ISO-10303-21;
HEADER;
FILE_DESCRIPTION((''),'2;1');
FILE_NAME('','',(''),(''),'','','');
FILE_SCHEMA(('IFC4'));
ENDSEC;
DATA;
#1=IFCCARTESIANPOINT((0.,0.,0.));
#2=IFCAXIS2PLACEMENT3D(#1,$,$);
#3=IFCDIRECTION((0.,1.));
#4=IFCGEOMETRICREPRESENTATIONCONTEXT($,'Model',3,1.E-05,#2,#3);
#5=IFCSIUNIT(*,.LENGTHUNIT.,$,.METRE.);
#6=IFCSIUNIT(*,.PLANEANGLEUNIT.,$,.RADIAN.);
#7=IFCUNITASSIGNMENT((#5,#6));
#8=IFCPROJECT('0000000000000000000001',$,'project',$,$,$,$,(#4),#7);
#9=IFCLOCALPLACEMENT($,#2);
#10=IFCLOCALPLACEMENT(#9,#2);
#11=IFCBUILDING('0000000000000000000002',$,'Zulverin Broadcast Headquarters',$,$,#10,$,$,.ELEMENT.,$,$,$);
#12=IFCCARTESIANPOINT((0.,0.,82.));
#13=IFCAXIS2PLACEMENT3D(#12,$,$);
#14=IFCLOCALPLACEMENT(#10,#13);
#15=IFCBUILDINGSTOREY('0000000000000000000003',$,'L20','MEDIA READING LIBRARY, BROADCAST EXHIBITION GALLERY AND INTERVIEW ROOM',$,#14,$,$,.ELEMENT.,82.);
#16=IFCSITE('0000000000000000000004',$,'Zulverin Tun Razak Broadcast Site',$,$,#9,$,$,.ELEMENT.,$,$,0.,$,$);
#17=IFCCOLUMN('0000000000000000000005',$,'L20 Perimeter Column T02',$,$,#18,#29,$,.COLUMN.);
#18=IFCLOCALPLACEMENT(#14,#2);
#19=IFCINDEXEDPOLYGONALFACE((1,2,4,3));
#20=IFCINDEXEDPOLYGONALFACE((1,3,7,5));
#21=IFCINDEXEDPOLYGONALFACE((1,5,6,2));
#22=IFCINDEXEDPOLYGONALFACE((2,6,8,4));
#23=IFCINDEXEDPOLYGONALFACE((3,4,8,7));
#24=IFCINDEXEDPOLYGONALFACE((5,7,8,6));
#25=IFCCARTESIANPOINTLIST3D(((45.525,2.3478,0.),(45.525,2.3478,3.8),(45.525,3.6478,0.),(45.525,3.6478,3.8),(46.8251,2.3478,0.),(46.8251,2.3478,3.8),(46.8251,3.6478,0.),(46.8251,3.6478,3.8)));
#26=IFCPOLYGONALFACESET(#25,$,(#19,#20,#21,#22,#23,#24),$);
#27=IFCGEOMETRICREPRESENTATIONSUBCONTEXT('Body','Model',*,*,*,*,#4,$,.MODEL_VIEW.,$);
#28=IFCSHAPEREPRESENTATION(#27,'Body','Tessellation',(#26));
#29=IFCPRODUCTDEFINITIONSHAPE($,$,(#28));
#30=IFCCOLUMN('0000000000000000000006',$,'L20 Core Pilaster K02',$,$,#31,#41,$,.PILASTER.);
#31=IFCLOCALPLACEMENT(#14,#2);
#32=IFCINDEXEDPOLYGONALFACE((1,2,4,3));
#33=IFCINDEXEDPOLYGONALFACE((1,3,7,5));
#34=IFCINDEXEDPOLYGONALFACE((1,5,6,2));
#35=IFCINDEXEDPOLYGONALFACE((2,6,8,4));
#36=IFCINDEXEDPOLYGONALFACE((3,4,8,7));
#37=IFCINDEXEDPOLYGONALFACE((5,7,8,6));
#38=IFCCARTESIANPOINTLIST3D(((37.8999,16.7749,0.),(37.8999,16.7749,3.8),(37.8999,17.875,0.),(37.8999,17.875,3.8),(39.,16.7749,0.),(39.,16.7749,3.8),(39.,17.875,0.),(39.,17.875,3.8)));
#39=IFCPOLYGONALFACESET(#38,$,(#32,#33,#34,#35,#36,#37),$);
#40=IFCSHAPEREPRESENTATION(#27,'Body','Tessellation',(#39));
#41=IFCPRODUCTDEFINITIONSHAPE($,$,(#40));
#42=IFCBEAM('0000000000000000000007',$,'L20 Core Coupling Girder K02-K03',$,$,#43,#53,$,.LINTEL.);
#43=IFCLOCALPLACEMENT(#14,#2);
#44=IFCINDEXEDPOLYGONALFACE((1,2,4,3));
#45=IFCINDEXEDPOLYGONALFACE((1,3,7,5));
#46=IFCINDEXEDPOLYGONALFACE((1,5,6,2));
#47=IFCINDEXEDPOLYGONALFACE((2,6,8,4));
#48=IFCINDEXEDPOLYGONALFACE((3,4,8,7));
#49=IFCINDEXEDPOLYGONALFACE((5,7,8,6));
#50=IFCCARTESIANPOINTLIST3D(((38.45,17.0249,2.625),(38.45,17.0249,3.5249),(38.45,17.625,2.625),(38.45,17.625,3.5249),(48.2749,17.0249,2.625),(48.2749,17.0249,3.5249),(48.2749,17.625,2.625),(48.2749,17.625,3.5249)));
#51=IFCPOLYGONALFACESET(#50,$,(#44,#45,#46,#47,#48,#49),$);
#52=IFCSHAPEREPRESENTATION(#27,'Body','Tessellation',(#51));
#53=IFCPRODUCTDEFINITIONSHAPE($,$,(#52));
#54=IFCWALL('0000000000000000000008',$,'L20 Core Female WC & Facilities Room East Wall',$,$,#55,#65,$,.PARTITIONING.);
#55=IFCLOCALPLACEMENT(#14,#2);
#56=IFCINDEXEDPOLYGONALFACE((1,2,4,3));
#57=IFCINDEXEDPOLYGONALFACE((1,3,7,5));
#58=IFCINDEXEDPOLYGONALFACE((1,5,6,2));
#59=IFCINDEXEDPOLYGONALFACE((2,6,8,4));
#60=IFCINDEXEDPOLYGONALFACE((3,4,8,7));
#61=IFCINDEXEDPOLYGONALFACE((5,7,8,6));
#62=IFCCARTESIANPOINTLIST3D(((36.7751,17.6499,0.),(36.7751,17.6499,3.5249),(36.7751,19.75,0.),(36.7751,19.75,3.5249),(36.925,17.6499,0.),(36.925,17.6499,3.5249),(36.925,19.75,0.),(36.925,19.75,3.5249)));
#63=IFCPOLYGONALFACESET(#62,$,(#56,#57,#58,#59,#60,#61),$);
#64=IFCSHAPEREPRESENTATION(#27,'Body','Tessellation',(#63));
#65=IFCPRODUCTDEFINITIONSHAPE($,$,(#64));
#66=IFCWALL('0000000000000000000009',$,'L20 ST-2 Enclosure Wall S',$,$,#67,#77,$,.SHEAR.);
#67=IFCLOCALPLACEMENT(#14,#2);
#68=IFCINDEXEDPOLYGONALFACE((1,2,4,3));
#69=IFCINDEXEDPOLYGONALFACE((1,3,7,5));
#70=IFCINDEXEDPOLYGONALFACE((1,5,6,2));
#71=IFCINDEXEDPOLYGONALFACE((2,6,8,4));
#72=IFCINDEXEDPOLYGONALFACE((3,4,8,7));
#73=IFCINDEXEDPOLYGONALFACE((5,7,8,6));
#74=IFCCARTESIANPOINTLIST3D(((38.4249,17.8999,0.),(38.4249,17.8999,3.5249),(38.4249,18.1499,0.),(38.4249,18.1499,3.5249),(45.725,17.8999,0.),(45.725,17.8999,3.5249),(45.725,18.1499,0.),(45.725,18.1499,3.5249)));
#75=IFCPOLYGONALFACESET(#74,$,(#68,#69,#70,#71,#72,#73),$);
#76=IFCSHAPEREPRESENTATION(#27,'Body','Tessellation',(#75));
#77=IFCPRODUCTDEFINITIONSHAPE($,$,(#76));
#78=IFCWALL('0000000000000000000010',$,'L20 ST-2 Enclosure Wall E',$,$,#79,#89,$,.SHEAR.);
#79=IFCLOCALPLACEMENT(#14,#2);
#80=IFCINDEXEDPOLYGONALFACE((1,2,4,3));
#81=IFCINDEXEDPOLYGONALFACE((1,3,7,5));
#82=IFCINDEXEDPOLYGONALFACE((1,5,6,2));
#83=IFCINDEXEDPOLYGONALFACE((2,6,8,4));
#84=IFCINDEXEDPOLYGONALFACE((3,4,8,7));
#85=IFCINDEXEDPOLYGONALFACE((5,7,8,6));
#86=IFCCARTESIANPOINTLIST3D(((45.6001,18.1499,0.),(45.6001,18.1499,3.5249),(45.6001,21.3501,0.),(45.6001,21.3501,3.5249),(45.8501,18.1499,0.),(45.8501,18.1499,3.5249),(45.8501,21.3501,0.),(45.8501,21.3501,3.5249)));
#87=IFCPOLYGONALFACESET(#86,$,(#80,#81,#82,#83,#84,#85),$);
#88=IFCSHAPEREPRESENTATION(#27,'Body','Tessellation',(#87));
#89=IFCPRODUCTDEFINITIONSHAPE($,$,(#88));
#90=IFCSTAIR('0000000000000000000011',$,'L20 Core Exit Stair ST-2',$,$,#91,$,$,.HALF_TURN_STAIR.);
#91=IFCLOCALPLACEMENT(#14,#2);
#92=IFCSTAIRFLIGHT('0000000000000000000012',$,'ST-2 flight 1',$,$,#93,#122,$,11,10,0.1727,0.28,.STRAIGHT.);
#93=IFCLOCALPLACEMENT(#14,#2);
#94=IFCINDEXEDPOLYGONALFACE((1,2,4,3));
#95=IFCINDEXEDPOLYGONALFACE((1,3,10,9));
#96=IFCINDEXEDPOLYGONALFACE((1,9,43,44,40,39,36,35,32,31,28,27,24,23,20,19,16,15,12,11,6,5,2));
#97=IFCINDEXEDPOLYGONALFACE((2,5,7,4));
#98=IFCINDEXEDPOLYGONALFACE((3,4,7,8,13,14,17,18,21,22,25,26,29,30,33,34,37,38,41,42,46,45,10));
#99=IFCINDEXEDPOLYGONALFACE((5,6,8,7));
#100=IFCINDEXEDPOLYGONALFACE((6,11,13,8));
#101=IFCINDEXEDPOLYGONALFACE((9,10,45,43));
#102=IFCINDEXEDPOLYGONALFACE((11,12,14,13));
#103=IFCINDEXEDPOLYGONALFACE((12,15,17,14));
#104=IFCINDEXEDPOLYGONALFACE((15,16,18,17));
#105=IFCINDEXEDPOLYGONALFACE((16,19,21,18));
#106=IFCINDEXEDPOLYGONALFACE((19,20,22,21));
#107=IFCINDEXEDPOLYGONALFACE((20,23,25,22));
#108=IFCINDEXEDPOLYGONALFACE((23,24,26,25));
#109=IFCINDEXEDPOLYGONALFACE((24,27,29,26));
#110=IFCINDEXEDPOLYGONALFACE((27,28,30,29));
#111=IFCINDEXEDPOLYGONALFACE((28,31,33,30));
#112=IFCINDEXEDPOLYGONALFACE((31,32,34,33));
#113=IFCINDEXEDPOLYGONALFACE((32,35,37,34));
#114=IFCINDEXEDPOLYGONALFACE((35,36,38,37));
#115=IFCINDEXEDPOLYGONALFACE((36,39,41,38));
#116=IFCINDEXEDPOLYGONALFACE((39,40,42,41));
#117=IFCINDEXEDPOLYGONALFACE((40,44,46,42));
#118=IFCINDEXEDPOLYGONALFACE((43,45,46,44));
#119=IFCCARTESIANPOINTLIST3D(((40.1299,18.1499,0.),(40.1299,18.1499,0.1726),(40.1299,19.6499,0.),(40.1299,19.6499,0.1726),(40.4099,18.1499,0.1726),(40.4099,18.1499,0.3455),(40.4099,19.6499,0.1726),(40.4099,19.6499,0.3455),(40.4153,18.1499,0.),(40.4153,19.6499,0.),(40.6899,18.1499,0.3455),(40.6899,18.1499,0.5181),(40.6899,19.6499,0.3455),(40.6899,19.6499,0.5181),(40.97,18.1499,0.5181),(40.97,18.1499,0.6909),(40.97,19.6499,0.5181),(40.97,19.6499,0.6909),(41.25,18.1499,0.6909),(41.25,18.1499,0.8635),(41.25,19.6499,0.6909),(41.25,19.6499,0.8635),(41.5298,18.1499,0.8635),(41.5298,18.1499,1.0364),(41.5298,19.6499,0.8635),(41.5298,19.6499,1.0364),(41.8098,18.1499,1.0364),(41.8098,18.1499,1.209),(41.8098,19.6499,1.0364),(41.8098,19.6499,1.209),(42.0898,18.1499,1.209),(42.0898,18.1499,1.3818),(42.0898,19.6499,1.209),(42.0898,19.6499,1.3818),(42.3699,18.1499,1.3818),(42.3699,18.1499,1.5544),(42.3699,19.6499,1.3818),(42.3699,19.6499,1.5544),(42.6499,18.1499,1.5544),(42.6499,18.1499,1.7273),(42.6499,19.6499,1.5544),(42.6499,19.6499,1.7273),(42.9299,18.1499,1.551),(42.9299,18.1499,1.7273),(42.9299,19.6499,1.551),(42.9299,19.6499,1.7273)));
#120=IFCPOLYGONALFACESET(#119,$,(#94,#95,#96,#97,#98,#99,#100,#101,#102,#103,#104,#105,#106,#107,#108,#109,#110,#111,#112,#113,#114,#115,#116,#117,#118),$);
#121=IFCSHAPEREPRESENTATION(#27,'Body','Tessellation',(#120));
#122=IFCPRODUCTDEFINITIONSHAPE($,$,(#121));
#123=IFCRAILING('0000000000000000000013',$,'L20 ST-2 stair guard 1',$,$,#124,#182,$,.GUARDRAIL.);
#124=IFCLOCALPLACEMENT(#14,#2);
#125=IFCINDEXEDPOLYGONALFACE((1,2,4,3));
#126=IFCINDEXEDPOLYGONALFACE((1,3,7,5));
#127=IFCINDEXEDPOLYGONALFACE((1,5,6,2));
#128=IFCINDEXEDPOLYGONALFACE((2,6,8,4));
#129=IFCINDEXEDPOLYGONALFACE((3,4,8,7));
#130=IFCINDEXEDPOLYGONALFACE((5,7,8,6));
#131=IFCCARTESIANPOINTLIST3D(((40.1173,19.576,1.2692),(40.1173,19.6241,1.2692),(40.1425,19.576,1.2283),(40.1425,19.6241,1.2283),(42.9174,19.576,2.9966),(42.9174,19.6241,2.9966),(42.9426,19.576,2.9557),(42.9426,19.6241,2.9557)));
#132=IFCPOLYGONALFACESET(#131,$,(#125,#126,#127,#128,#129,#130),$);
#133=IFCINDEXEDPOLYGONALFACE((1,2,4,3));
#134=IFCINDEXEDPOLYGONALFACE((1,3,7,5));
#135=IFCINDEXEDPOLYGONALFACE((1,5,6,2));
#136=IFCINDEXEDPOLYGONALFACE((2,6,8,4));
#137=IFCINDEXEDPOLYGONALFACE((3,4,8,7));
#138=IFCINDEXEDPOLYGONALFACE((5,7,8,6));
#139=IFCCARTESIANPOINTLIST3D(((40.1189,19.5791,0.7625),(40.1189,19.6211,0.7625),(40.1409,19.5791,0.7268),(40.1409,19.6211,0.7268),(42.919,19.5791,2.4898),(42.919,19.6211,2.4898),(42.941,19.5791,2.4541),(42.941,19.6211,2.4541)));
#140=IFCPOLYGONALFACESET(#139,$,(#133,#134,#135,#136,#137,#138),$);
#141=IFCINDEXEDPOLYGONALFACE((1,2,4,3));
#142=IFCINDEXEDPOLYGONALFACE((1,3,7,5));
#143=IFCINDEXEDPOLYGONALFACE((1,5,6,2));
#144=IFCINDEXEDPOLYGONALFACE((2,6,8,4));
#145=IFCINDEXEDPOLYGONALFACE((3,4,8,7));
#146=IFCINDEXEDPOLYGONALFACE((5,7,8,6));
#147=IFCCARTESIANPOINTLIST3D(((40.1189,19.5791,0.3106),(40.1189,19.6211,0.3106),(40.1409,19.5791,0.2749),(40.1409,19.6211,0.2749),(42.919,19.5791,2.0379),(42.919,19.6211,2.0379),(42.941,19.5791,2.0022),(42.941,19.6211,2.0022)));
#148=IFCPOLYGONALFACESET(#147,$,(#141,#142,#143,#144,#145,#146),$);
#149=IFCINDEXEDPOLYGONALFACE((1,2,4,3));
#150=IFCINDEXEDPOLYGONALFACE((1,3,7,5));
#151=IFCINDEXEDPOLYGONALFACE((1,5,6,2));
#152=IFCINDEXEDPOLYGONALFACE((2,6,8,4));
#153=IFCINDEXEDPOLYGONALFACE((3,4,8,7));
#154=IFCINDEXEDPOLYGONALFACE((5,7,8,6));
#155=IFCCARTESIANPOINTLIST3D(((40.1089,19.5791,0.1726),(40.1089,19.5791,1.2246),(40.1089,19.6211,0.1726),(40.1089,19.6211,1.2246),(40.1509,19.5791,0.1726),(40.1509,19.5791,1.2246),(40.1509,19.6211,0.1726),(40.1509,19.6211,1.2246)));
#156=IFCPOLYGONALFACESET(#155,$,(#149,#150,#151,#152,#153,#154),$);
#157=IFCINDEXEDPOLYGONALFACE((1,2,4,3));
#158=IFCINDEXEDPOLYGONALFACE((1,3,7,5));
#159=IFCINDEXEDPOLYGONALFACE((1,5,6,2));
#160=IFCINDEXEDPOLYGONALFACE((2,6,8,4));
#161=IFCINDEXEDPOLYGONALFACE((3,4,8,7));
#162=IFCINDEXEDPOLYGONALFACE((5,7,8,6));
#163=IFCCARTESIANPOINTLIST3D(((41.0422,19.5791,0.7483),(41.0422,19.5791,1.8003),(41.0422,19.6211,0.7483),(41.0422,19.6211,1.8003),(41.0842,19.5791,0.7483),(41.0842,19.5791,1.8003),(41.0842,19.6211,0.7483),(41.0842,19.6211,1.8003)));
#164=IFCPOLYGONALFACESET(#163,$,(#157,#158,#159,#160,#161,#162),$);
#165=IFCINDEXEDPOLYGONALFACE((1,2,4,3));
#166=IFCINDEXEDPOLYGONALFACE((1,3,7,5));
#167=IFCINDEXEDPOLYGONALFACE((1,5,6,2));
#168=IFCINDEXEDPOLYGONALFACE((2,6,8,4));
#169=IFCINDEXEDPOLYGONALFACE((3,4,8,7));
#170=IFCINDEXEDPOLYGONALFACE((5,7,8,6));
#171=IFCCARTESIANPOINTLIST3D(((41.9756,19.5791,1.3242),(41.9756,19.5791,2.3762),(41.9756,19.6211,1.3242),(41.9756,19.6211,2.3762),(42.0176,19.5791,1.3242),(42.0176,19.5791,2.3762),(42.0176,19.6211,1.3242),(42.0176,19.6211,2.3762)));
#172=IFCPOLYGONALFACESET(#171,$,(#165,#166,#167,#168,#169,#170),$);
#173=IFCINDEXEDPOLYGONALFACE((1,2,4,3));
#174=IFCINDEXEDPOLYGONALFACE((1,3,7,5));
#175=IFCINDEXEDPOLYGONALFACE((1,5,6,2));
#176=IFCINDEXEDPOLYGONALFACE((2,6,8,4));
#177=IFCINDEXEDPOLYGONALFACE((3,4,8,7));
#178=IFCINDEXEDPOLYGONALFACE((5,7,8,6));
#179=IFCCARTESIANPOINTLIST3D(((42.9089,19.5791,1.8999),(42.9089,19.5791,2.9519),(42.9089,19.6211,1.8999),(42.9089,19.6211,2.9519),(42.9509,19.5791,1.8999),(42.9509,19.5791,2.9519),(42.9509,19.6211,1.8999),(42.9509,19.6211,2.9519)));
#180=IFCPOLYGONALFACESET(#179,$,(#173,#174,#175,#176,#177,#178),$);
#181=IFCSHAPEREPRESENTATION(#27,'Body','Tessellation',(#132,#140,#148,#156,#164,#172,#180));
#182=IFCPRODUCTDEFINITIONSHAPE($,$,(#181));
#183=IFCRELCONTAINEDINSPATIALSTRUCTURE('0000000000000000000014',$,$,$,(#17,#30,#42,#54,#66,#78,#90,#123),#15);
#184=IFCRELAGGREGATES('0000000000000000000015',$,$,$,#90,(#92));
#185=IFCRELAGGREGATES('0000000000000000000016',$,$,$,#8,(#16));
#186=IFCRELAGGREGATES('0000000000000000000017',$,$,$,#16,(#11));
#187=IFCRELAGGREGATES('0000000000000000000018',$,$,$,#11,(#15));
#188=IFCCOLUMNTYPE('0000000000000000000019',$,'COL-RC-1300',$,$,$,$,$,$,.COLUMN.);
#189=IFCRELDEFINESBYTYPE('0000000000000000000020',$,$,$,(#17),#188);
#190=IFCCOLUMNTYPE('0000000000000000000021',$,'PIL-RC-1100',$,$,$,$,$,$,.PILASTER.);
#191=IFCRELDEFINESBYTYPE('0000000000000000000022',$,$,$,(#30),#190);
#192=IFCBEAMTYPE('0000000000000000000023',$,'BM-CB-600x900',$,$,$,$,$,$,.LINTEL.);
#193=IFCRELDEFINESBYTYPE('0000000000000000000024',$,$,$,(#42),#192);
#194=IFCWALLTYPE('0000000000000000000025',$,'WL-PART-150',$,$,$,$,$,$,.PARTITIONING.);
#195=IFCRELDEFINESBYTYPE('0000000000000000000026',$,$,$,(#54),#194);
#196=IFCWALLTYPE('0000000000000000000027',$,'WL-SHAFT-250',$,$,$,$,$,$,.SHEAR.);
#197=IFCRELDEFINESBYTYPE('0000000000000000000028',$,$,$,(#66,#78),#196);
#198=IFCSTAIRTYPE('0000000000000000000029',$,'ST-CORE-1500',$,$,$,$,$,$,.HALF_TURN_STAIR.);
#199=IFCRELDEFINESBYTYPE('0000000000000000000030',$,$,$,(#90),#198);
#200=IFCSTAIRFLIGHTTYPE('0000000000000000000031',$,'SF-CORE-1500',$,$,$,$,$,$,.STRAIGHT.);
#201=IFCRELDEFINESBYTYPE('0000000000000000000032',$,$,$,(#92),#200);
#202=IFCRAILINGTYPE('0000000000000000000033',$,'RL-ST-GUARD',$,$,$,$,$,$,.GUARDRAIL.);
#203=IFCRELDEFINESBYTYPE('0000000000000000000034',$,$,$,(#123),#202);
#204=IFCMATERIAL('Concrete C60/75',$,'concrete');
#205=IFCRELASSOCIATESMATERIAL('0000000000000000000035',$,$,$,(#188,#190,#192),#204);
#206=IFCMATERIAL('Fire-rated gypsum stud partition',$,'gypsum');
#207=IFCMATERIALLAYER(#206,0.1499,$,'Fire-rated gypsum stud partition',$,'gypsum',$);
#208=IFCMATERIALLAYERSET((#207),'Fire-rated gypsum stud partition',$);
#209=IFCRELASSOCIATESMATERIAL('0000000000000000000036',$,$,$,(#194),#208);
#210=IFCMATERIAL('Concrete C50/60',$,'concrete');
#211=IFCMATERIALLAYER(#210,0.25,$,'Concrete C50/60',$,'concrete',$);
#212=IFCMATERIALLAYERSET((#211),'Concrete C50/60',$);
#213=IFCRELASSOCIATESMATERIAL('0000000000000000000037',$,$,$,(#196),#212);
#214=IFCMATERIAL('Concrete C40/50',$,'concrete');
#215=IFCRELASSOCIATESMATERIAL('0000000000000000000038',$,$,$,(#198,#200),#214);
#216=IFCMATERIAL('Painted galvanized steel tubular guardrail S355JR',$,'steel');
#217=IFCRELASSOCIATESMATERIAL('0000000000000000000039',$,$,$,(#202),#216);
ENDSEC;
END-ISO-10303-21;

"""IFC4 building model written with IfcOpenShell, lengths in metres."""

from ifc_helpers import new_model, si_unit, direction, frame, frame_2d, origin, origin_2d, place, context, subcontext, project, spatial, polyline, rectangle, outline, extrude, material, layer, layer_set, material_profile, profile_set, type_object, element, aggregate, save


model = new_model("IFC4")

# Units and contexts
model_context = context("Model", 3, precision=1e-05, world=origin(), true_north=direction((0.0, 1.0)))
body_context = subcontext(model_context, "Body", "Model", "MODEL_VIEW")
ifc_project = project(units=[si_unit("LENGTHUNIT", "METRE"), si_unit("PLANEANGLEUNIT", "RADIAN")], contexts=[model_context])

# Site, building, storey
site_placement = place(None, origin())
site = spatial("IfcSite", under=ifc_project, at=site_placement, Name="Zulverin Tun Razak Broadcast Site", CompositionType="ELEMENT", RefElevation=0.0)
building_placement = place(site_placement, origin())
building = spatial("IfcBuilding", under=site, at=building_placement, Name="Zulverin Broadcast Headquarters", CompositionType="ELEMENT")
storey_placement = place(building_placement, frame((0.0, 0.0, 82.0)))
storey = spatial("IfcBuildingStorey", under=building, at=storey_placement, Name="L20", Description="MEDIA READING LIBRARY, BROADCAST EXHIBITION GALLERY AND INTERVIEW ROOM", CompositionType="ELEMENT", Elevation=82.0)

# Columns
ifc_material_1 = material(Name="Concrete C60/75", Category="concrete")
ifc_material_profile_1 = material_profile(ifc_material_1, rectangle(XDim=1.3, YDim=1.3, at=origin_2d()), Name="Concrete C60/75", Category="concrete")
ifc_profile_set_1 = profile_set([ifc_material_profile_1], Name="Concrete C60/75")
column_type_1 = type_object("IfcColumnType", Name="COL-RC-1300", PredefinedType="COLUMN", material=ifc_profile_set_1)
column_1_placement = place(storey_placement, frame((46.175, 2.9978, 0.0), z_axis=(0.0, 0.0, 1.0), x_axis=(1.0, 0.0, 0.0)))
element("IfcColumn", 1, at=column_1_placement, inside=storey, type_object=column_type_1, Name="L20 Perimeter Column T02", PredefinedType="COLUMN", context=body_context, shape_type="SweptSolid", body=[
    extrude(rectangle(XDim=1.3, YDim=1.3, at=origin_2d()), origin(), (0.0, 0.0, 1.0), 3.8),
])
ifc_material_profile_2 = material_profile(ifc_material_1, rectangle(XDim=1.1001, YDim=1.1001, at=origin_2d()), Name="Concrete C60/75", Category="concrete")
ifc_profile_set_2 = profile_set([ifc_material_profile_2], Name="Concrete C60/75")
column_type_2 = type_object("IfcColumnType", Name="PIL-RC-1100", PredefinedType="PILASTER", material=ifc_profile_set_2)
column_2_placement = place(storey_placement, frame((38.45, 17.325, 0.0), z_axis=(0.0, 0.0, 1.0), x_axis=(1.0, 0.0, 0.0)))
element("IfcColumn", 2, at=column_2_placement, inside=storey, type_object=column_type_2, Name="L20 Core Pilaster K02", PredefinedType="PILASTER", context=body_context, shape_type="SweptSolid", body=[
    extrude(rectangle(XDim=1.1001, YDim=1.1001, at=origin_2d()), origin(), (0.0, 0.0, 1.0), 3.8),
])

# Beam
ifc_material_profile_3 = material_profile(ifc_material_1, rectangle(XDim=0.6001, YDim=0.8999, at=origin_2d()), Name="Concrete C60/75", Category="concrete")
ifc_profile_set_3 = profile_set([ifc_material_profile_3], Name="Concrete C60/75")
beam_type = type_object("IfcBeamType", Name="BM-CB-600x900", PredefinedType="LINTEL", material=ifc_profile_set_3)
beam_placement = place(storey_placement, frame((38.45, 17.325, 3.075), z_axis=(1.0, 0.0, 0.0), x_axis=(0.0, 1.0, 0.0)))
element("IfcBeam", 3, at=beam_placement, inside=storey, type_object=beam_type, Name="L20 Core Coupling Girder K02-K03", PredefinedType="LINTEL", context=body_context, shape_type="SweptSolid", body=[
    extrude(rectangle(XDim=0.6001, YDim=0.8999, at=origin_2d()), origin(), (0.0, 0.0, 1.0), 9.825),
])

# Walls
ifc_material_2 = material(Name="Fire-rated gypsum stud partition", Category="gypsum")
ifc_layer_1 = layer(ifc_material_2, 0.1499, Name="Fire-rated gypsum stud partition", Category="gypsum")
ifc_layer_set_1 = layer_set([ifc_layer_1], Name="Fire-rated gypsum stud partition")
wall_type_1 = type_object("IfcWallType", Name="WL-PART-150", PredefinedType="PARTITIONING", material=ifc_layer_set_1)
wall_1_placement = place(storey_placement, frame((36.8501, 17.6499, 0.0), z_axis=(0.0, 0.0, 1.0), x_axis=(0.0, 1.0, 0.0)))
element("IfcWall", 4, at=wall_1_placement, inside=storey, type_object=wall_type_1, Name="L20 Core Female WC & Facilities Room East Wall", PredefinedType="PARTITIONING", context=body_context, shape_type="SweptSolid", body=[
    extrude(rectangle(XDim=2.1001, YDim=0.1499, at=frame_2d((1.05, 0.0))), origin(), (0.0, 0.0, 1.0), 3.5249),
])
ifc_material_3 = material(Name="Concrete C50/60", Category="concrete")
ifc_layer_2 = layer(ifc_material_3, 0.25, Name="Concrete C50/60", Category="concrete")
ifc_layer_set_2 = layer_set([ifc_layer_2], Name="Concrete C50/60")
wall_type_2 = type_object("IfcWallType", Name="WL-SHAFT-250", PredefinedType="SHEAR", material=ifc_layer_set_2)
wall_2_placement = place(storey_placement, frame((38.425, 18.0249, 0.0), z_axis=(0.0, 0.0, 1.0), x_axis=(1.0, 0.0, 0.0)))
element("IfcWall", 5, at=wall_2_placement, inside=storey, type_object=wall_type_2, Name="L20 ST-2 Enclosure Wall S", PredefinedType="SHEAR", context=body_context, shape_type="SweptSolid", body=[
    extrude(rectangle(XDim=7.3, YDim=0.25, at=frame_2d((3.6499, 0.0))), origin(), (0.0, 0.0, 1.0), 3.5249),
])

# Wall
wall_3_placement = place(storey_placement, frame((45.7251, 18.1499, 0.0), z_axis=(0.0, 0.0, 1.0), x_axis=(0.0, 1.0, 0.0)))
element("IfcWall", 6, at=wall_3_placement, inside=storey, type_object=wall_type_2, Name="L20 ST-2 Enclosure Wall E", PredefinedType="SHEAR", context=body_context, shape_type="SweptSolid", body=[
    extrude(rectangle(XDim=3.2002, YDim=0.25, at=frame_2d((1.6001, 0.0))), origin(), (0.0, 0.0, 1.0), 3.5249),
])

# Stair, stair flight
ifc_material_4 = material(Name="Concrete C40/50", Category="concrete")
stair_type = type_object("IfcStairType", Name="ST-CORE-1500", PredefinedType="HALF_TURN_STAIR", material=ifc_material_4)
stair_placement = place(storey_placement, origin())
stair = element("IfcStair", 7, at=stair_placement, inside=storey, type_object=stair_type, Name="L20 Core Exit Stair ST-2", PredefinedType="HALF_TURN_STAIR")
stair_flight_type = type_object("IfcStairFlightType", Name="SF-CORE-1500", PredefinedType="STRAIGHT", material=ifc_material_4)
stair_flight_placement = place(storey_placement, frame((40.1299, 18.8999, 0.0), z_axis=(0.0, 0.0, 1.0), x_axis=(1.0, 0.0, 0.0)))
stair_flight = element("IfcStairFlight", 8, at=stair_flight_placement, type_object=stair_flight_type, Name="ST-2 flight 1", NumberOfRisers=11, NumberOfTreads=10, PredefinedType="STRAIGHT", RiserHeight=0.1727, TreadLength=0.28, context=body_context, shape_type="SweptSolid", body=[
    extrude(outline(polyline([(0.0, 0.0), (0.0, 0.1726), (0.28, 0.1726), (0.28, 0.3455), (0.5601, 0.3455), (0.5601, 0.5181), (0.8401, 0.5181), (0.8401, 0.6909), (1.1201, 0.6909), (1.1201, 0.8635), (1.3999, 0.8635), (1.3999, 1.0364), (1.6799, 1.0364), (1.6799, 1.209), (1.96, 1.209), (1.96, 1.3818), (2.24, 1.3818), (2.24, 1.5544), (2.52, 1.5544), (2.52, 1.7273), (2.8, 1.7273), (2.8, 1.8999), (2.8, 1.551), (0.2854, 0.0), (0.0, 0.0)])), frame((0.0, 0.75, 0.0), z_axis=(0.0, -1.0, 0.0), x_axis=(1.0, 0.0, 0.0)), (0.0, 0.0, 1.0), 1.5),
])
aggregate(stair, [stair_flight])

# Railing
ifc_material_5 = material(Name="Painted galvanized steel tubular guardrail S355JR", Category="steel")
railing_type_1 = type_object("IfcRailingType", Name="RL-ST-GUARD", PredefinedType="GUARDRAIL", material=ifc_material_5)
railing_1_placement = place(storey_placement, frame((40.1299, 19.6001, 0.1726)))
element("IfcRailing", 9, at=railing_1_placement, inside=storey, type_object=railing_type_1, Name="L20 ST-2 stair guard 1", PredefinedType="GUARDRAIL", context=body_context, shape_type="SweptSolid", body=[
    extrude(rectangle(XDim=0.0481, YDim=0.0481, at=origin_2d()), frame((0.0, 0.0, 1.0762), z_axis=(0.85109, 0.0, 0.52502), x_axis=(0.0, 1.0, 0.0)), (0.0, 0.0, 1.0), 3.29),
    extrude(rectangle(XDim=0.042, YDim=0.042, at=origin_2d()), frame((0.0, 0.0, 0.572), z_axis=(0.85109, 0.0, 0.52502), x_axis=(0.0, 1.0, 0.0)), (0.0, 0.0, 1.0), 3.29),
    extrude(rectangle(XDim=0.042, YDim=0.042, at=origin_2d()), frame((0.0, 0.0, 0.1201), z_axis=(0.85109, 0.0, 0.52502), x_axis=(0.0, 1.0, 0.0)), (0.0, 0.0, 1.0), 3.29),
    extrude(rectangle(XDim=0.042, YDim=0.042, at=origin_2d()), origin(), (0.0, 0.0, 1.0), 1.052),
    extrude(rectangle(XDim=0.042, YDim=0.042, at=origin_2d()), frame((0.9333, 0.0, 0.5757)), (0.0, 0.0, 1.0), 1.052),
    extrude(rectangle(XDim=0.042, YDim=0.042, at=origin_2d()), frame((1.8667, 0.0, 1.1516)), (0.0, 0.0, 1.0), 1.052),
    extrude(rectangle(XDim=0.042, YDim=0.042, at=origin_2d()), frame((2.8, 0.0, 1.7273)), (0.0, 0.0, 1.0), 1.052),
])

save(model, "model.ifc")
